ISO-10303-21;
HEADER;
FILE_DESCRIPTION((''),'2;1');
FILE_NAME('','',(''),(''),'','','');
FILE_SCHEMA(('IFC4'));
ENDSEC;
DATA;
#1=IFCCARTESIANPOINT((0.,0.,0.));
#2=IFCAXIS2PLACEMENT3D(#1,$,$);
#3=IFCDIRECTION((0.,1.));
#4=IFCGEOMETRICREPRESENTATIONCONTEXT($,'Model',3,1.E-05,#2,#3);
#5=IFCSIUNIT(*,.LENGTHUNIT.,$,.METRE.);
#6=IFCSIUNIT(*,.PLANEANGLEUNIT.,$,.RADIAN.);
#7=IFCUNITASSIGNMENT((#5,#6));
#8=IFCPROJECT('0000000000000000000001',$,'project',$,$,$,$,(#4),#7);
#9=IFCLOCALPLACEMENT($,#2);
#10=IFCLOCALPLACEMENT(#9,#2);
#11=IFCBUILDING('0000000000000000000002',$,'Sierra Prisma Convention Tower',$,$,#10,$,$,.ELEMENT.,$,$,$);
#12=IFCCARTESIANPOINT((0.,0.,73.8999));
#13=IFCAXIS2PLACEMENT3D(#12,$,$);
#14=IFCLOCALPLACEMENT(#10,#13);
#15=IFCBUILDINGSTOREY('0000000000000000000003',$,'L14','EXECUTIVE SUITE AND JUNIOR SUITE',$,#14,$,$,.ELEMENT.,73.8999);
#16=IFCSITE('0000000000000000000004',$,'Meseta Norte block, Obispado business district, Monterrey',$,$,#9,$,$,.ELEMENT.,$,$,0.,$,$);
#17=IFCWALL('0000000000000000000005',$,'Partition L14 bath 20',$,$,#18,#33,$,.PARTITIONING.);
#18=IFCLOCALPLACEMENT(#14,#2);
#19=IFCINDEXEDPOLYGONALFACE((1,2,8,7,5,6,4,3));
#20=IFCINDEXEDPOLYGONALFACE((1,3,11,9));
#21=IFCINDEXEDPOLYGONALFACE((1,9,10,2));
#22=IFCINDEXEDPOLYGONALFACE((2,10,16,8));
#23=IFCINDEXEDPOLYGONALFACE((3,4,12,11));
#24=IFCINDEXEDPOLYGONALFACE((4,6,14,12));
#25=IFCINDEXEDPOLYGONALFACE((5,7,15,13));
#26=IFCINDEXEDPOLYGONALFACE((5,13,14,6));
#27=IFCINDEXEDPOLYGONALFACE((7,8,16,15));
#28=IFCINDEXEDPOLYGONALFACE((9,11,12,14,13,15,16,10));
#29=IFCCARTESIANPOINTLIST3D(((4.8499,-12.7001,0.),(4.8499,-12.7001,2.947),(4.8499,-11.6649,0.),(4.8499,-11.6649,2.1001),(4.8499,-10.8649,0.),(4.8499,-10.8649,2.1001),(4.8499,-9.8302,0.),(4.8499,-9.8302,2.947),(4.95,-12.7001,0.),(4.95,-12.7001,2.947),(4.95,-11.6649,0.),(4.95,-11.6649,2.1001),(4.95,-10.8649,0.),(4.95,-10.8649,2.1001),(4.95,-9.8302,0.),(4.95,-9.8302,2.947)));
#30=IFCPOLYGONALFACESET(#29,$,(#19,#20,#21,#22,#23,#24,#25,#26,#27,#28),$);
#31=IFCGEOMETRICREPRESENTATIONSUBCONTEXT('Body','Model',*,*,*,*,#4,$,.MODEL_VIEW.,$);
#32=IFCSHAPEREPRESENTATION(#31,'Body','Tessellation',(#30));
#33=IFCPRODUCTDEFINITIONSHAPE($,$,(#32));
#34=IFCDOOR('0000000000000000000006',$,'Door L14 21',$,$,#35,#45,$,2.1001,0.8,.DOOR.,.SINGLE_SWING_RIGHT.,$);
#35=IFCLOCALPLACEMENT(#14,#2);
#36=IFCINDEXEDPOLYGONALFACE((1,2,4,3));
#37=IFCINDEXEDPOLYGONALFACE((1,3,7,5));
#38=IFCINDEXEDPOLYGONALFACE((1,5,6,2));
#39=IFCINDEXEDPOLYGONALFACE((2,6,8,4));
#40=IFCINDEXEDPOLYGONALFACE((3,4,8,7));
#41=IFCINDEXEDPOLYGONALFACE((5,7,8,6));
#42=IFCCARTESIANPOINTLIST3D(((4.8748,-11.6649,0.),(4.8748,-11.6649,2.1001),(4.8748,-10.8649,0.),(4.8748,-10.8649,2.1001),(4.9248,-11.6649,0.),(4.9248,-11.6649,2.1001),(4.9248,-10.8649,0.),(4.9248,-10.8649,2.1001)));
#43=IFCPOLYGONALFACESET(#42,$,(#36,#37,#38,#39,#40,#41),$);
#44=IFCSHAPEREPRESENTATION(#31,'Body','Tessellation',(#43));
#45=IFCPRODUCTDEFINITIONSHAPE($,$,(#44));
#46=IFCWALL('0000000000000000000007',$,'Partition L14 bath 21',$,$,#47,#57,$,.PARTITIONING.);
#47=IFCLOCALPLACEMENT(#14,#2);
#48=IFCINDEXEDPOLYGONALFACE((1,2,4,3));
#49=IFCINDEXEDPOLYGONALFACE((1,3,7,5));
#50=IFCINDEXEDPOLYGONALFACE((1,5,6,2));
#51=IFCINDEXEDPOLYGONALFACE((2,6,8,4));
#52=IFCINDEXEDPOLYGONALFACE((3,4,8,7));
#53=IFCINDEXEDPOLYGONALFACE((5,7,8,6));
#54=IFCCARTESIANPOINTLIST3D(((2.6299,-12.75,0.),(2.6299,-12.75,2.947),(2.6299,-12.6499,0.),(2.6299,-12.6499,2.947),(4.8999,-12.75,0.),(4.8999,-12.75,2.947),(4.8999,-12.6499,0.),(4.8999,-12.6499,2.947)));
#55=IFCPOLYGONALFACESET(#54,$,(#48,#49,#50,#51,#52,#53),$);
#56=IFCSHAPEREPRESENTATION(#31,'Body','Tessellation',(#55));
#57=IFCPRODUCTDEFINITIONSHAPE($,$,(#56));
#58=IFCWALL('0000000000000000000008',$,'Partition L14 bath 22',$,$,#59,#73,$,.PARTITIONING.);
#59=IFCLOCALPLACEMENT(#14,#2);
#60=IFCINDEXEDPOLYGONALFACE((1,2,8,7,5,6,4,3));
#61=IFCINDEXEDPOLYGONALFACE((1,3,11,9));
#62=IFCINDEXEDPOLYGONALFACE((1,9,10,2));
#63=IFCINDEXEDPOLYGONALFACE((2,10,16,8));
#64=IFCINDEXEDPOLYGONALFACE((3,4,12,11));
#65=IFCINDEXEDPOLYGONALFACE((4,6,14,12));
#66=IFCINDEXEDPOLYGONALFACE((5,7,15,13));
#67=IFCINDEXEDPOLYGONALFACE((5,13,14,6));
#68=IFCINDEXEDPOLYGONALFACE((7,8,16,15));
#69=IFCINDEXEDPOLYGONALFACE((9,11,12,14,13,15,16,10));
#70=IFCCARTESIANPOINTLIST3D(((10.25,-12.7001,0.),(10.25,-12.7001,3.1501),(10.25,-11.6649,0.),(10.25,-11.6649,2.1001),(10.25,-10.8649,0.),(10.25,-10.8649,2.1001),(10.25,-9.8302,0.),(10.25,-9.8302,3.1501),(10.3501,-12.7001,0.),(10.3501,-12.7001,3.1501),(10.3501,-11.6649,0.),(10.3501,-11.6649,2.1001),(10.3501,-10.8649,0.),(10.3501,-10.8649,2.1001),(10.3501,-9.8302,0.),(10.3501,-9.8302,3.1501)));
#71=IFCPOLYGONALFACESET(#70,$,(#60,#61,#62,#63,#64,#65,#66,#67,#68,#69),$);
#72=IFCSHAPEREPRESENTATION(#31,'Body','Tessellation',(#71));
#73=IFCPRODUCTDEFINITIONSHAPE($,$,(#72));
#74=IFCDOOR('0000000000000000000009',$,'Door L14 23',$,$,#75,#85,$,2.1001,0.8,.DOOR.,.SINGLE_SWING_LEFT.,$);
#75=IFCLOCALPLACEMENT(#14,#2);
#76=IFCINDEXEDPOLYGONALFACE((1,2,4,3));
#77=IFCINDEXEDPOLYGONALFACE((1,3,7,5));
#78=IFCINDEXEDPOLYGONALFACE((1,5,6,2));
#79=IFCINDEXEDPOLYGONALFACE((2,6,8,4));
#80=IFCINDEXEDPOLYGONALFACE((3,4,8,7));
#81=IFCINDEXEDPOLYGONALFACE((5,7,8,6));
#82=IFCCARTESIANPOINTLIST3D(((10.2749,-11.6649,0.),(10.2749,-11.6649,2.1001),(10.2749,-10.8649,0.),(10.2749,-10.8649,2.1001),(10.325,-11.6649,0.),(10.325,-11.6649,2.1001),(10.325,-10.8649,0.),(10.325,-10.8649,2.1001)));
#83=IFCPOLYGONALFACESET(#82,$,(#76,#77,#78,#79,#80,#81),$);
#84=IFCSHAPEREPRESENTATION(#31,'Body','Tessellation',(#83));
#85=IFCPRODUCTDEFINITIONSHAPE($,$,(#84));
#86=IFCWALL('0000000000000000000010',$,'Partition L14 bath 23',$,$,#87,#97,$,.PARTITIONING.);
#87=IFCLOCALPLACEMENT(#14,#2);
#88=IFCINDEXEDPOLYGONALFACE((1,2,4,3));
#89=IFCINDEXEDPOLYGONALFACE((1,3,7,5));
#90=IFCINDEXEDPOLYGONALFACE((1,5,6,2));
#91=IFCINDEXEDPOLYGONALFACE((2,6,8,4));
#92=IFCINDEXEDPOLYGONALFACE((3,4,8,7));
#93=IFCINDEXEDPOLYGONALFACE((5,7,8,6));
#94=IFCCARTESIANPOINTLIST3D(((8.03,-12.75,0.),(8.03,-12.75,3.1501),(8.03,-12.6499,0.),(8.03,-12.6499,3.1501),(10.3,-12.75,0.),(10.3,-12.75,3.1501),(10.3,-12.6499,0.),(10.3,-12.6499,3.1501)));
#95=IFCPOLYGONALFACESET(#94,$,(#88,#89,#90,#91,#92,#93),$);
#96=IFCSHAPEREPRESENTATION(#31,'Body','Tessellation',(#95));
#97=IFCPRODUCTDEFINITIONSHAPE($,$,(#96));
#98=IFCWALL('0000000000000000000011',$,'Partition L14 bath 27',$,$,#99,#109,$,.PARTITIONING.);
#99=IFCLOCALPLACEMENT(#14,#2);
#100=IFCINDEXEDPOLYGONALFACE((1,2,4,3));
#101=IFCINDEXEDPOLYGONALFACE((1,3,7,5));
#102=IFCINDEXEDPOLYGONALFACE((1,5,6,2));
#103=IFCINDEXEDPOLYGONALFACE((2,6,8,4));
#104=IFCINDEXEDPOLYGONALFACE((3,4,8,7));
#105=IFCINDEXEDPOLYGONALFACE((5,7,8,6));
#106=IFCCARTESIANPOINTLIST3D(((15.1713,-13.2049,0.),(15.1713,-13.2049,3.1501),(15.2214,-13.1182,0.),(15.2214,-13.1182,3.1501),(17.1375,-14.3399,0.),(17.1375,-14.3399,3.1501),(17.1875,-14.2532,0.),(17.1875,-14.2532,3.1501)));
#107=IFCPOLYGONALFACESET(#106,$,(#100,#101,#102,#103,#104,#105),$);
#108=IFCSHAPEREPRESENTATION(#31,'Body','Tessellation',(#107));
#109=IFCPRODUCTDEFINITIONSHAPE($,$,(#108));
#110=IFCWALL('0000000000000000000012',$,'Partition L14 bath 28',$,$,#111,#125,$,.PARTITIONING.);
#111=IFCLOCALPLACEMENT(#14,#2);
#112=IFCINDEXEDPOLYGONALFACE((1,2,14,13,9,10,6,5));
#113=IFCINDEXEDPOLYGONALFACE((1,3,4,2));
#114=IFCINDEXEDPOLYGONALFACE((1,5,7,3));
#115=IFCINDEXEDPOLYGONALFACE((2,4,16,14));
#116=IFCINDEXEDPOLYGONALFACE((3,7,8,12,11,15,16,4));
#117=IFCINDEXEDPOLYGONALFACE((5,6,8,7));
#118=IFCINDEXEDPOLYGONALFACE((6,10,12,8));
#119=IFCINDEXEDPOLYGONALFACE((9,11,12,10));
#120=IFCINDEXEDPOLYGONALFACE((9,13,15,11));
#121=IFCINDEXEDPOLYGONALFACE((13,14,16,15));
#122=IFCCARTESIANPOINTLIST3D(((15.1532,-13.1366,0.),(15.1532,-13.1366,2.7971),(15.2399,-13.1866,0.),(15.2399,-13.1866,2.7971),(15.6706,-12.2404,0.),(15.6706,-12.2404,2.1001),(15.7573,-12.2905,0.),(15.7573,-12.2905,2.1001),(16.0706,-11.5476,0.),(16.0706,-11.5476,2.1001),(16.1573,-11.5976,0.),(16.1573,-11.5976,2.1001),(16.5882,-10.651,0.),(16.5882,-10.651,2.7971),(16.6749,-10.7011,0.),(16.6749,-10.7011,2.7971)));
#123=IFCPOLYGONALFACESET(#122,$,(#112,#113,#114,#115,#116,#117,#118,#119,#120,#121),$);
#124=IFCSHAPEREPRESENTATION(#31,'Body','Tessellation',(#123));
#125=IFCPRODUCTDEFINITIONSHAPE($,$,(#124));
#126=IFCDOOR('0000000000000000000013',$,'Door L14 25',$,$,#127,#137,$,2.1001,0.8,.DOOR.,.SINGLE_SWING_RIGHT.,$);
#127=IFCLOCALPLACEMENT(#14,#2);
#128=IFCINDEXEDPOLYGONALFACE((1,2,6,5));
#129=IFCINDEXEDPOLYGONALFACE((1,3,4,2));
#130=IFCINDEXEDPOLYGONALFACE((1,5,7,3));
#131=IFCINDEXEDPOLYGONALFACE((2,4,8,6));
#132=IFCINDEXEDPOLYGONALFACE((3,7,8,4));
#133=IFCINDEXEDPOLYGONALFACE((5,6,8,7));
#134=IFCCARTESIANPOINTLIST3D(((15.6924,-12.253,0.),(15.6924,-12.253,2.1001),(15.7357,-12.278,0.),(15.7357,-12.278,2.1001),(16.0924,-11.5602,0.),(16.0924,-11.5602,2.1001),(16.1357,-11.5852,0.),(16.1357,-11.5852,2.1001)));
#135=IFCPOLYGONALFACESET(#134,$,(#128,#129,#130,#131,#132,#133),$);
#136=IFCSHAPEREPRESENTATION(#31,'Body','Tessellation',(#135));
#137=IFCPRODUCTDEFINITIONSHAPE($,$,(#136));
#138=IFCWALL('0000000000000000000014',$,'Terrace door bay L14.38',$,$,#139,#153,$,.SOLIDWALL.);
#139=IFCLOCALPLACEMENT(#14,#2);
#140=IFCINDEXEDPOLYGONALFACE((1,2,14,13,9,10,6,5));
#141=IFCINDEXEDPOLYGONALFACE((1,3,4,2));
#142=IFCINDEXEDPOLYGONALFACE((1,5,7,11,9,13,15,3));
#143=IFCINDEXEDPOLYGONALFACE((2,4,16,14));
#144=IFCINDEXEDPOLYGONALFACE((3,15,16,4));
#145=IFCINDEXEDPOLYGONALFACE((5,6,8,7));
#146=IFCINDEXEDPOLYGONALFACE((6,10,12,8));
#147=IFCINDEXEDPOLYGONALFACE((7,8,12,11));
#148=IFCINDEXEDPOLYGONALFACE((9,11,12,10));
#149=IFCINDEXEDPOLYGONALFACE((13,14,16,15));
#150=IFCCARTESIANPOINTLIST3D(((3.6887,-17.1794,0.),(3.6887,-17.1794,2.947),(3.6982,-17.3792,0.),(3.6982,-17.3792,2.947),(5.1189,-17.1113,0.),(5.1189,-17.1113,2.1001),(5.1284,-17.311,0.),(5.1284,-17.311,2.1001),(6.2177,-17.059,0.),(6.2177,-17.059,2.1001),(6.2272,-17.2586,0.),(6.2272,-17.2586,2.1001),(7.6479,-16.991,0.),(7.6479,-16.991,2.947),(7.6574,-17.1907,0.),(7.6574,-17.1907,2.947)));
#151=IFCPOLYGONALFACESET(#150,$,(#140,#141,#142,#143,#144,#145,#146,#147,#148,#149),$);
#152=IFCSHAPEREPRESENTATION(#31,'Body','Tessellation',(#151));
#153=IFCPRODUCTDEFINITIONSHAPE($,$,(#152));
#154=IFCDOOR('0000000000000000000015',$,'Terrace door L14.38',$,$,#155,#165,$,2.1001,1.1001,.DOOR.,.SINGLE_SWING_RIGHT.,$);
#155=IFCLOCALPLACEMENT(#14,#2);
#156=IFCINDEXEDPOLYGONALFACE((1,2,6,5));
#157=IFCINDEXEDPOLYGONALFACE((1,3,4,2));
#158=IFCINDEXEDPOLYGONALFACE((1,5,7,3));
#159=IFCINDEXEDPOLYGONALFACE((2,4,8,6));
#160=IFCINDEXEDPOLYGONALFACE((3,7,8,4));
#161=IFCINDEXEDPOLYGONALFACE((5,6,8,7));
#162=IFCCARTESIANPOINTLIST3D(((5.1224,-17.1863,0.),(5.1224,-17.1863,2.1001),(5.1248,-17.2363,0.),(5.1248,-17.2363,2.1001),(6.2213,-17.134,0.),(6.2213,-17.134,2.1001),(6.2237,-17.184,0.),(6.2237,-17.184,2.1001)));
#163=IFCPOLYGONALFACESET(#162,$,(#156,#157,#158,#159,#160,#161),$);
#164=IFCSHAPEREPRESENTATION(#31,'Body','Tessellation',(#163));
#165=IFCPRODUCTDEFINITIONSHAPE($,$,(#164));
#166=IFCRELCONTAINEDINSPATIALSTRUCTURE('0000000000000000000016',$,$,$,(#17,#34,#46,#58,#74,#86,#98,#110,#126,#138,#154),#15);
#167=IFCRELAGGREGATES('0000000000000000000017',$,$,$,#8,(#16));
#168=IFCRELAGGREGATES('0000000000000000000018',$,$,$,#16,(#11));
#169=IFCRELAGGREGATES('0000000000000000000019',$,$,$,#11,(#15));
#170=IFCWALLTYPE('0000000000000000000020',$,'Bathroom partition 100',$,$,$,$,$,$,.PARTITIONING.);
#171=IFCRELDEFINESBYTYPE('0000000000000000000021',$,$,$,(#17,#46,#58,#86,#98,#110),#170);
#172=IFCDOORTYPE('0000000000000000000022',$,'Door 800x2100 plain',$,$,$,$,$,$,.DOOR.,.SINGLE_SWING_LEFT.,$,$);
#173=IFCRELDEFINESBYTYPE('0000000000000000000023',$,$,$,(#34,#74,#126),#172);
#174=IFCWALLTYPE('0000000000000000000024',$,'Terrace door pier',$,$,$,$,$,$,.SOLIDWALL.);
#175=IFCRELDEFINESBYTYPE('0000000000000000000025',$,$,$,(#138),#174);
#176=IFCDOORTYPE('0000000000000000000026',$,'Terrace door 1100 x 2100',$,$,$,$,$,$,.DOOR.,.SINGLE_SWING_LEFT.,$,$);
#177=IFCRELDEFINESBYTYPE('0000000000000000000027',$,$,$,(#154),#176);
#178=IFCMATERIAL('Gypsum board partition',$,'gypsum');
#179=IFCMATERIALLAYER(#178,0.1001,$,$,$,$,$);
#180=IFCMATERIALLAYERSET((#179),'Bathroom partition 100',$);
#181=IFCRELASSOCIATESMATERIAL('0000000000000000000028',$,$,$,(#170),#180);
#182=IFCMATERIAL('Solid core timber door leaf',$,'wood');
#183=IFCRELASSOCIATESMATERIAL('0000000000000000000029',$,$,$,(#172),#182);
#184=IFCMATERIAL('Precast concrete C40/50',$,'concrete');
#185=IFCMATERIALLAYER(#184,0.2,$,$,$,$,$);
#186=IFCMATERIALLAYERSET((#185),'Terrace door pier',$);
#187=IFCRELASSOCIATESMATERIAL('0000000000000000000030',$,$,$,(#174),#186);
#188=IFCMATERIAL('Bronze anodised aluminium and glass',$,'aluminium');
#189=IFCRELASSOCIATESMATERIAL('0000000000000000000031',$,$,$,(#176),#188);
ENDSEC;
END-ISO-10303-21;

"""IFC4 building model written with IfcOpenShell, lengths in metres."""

from ifc_helpers import new_model, si_unit, direction, frame, frame_2d, origin, place, context, subcontext, project, spatial, rectangle, extrude, material, layer, layer_set, type_object, element, fill, save


model = new_model("IFC4")

# Units and contexts
model_context = context("Model", 3, precision=1e-05, world=origin(), true_north=direction((0.0, 1.0)))
body_context = subcontext(model_context, "Body", "Model", "MODEL_VIEW")
ifc_project = project(units=[si_unit("LENGTHUNIT", "METRE"), si_unit("PLANEANGLEUNIT", "RADIAN")], contexts=[model_context])

# Site, building, storey
site_placement = place(None, origin())
site = spatial("IfcSite", under=ifc_project, at=site_placement, Name="Meseta Norte block, Obispado business district, Monterrey", CompositionType="ELEMENT", RefElevation=0.0)
building_placement = place(site_placement, origin())
building = spatial("IfcBuilding", under=site, at=building_placement, Name="Sierra Prisma Convention Tower", CompositionType="ELEMENT")
storey_placement = place(building_placement, frame((0.0, 0.0, 73.8999)))
storey = spatial("IfcBuildingStorey", under=building, at=storey_placement, Name="L14", Description="EXECUTIVE SUITE AND JUNIOR SUITE", CompositionType="ELEMENT", Elevation=73.8999)

# Wall, opening, door
ifc_material_1 = material(Name="Gypsum board partition", Category="gypsum")
ifc_layer_1 = layer(ifc_material_1, 0.1001)
ifc_layer_set_1 = layer_set([ifc_layer_1], Name="Bathroom partition 100")
wall_type_1 = type_object("IfcWallType", Name="Bathroom partition 100", PredefinedType="PARTITIONING", material=ifc_layer_set_1)
wall_1_placement = place(storey_placement, frame((4.8999, -9.8301, 0.0), z_axis=(0.0, 0.0, 1.0), x_axis=(0.0, -1.0, 0.0)))
wall_1 = element("IfcWall", 1, at=wall_1_placement, inside=storey, type_object=wall_type_1, Name="Partition L14 bath 20", PredefinedType="PARTITIONING", context=body_context, shape_type="SweptSolid", body=[
    extrude(rectangle(XDim=2.8699, YDim=0.1001, at=frame_2d((1.4351, 0.0))), origin(), (0.0, 0.0, 1.0), 2.947),
])
opening_1_placement = place(wall_1_placement, frame((1.0349, 0.0, 0.0)))
opening_1 = element("IfcOpeningElement", 2, at=opening_1_placement, cuts=wall_1, PredefinedType="OPENING", context=body_context, shape_type="SweptSolid", body=[
    extrude(rectangle(XDim=0.8, YDim=2.1001, at=frame_2d((0.3999, 1.05))), frame((0.0, 0.05, 0.0), z_axis=(0.0, -1.0, 0.0), x_axis=(1.0, 0.0, 0.0)), (0.0, 0.0, 1.0), 0.1001),
])
ifc_material_2 = material(Name="Solid core timber door leaf", Category="wood")
door_type_1 = type_object("IfcDoorType", Name="Door 800x2100 plain", OperationType="SINGLE_SWING_LEFT", PredefinedType="DOOR", material=ifc_material_2)
door_1_placement = place(opening_1_placement, origin())
door_1 = element("IfcDoor", 3, at=door_1_placement, inside=storey, type_object=door_type_1, Name="Door L14 21", OperationType="SINGLE_SWING_RIGHT", OverallHeight=2.1001, OverallWidth=0.8, PredefinedType="DOOR", context=body_context, shape_type="SweptSolid", body=[
    extrude(rectangle(XDim=0.8, YDim=2.1001, at=frame_2d((0.3999, 1.05))), frame((0.0, 0.0249, 0.0), z_axis=(0.0, -1.0, 0.0), x_axis=(1.0, 0.0, 0.0)), (0.0, 0.0, 1.0), 0.05),
])
fill(opening_1, door_1)

# Wall
wall_2_placement = place(storey_placement, frame((4.8999, -12.7, 0.0), z_axis=(0.0, 0.0, 1.0), x_axis=(-1.0, 0.0, 0.0)))
element("IfcWall", 4, at=wall_2_placement, inside=storey, type_object=wall_type_1, Name="Partition L14 bath 21", PredefinedType="PARTITIONING", context=body_context, shape_type="SweptSolid", body=[
    extrude(rectangle(XDim=2.27, YDim=0.1001, at=frame_2d((1.135, 0.0))), origin(), (0.0, 0.0, 1.0), 2.947),
])

# Wall, opening, door
wall_3_placement = place(storey_placement, frame((10.3, -9.8301, 0.0), z_axis=(0.0, 0.0, 1.0), x_axis=(0.0, -1.0, 0.0)))
wall_3 = element("IfcWall", 5, at=wall_3_placement, inside=storey, type_object=wall_type_1, Name="Partition L14 bath 22", PredefinedType="PARTITIONING", context=body_context, shape_type="SweptSolid", body=[
    extrude(rectangle(XDim=2.8699, YDim=0.1001, at=frame_2d((1.4351, 0.0))), origin(), (0.0, 0.0, 1.0), 3.1501),
])
opening_2_placement = place(wall_3_placement, frame((1.0349, 0.0, 0.0)))
opening_2 = element("IfcOpeningElement", 6, at=opening_2_placement, cuts=wall_3, PredefinedType="OPENING", context=body_context, shape_type="SweptSolid", body=[
    extrude(rectangle(XDim=0.8, YDim=2.1001, at=frame_2d((0.3999, 1.05))), frame((0.0, 0.05, 0.0), z_axis=(0.0, -1.0, 0.0), x_axis=(1.0, 0.0, 0.0)), (0.0, 0.0, 1.0), 0.1001),
])
door_2_placement = place(opening_2_placement, origin())
door_2 = element("IfcDoor", 7, at=door_2_placement, inside=storey, type_object=door_type_1, Name="Door L14 23", OperationType="SINGLE_SWING_LEFT", OverallHeight=2.1001, OverallWidth=0.8, PredefinedType="DOOR", context=body_context, shape_type="SweptSolid", body=[
    extrude(rectangle(XDim=0.8, YDim=2.1001, at=frame_2d((0.3999, 1.05))), frame((0.0, 0.0249, 0.0), z_axis=(0.0, -1.0, 0.0), x_axis=(1.0, 0.0, 0.0)), (0.0, 0.0, 1.0), 0.05),
])
fill(opening_2, door_2)

# Walls
wall_4_placement = place(storey_placement, frame((10.3, -12.7, 0.0), z_axis=(0.0, 0.0, 1.0), x_axis=(-1.0, 0.0, 0.0)))
element("IfcWall", 8, at=wall_4_placement, inside=storey, type_object=wall_type_1, Name="Partition L14 bath 23", PredefinedType="PARTITIONING", context=body_context, shape_type="SweptSolid", body=[
    extrude(rectangle(XDim=2.27, YDim=0.1001, at=frame_2d((1.135, 0.0))), origin(), (0.0, 0.0, 1.0), 3.1501),
])
wall_5_placement = place(storey_placement, frame((17.1626, -14.2966, 0.0), z_axis=(0.0, 0.0, 1.0), x_axis=(-0.866044, 0.499968, 0.0)))
element("IfcWall", 9, at=wall_5_placement, inside=storey, type_object=wall_type_1, Name="Partition L14 bath 27", PredefinedType="PARTITIONING", context=body_context, shape_type="SweptSolid", body=[
    extrude(rectangle(XDim=2.2703, YDim=0.1001, at=frame_2d((1.1353, 0.0))), origin(), (0.0, 0.0, 1.0), 3.1501),
])

# Walls, openings, doors
wall_6_placement = place(storey_placement, frame((15.1965, -13.1616, 0.0), z_axis=(0.0, 0.0, 1.0), x_axis=(0.5, 0.866026, 0.0)))
wall_6 = element("IfcWall", 10, at=wall_6_placement, inside=storey, type_object=wall_type_1, Name="Partition L14 bath 28", PredefinedType="PARTITIONING", context=body_context, shape_type="SweptSolid", body=[
    extrude(rectangle(XDim=2.8701, YDim=0.1001, at=frame_2d((1.4351, 0.0))), origin(), (0.0, 0.0, 1.0), 2.7971),
])
opening_3_placement = place(wall_6_placement, frame((1.0349, 0.0, 0.0)))
opening_3 = element("IfcOpeningElement", 11, at=opening_3_placement, cuts=wall_6, PredefinedType="OPENING", context=body_context, shape_type="SweptSolid", body=[
    extrude(rectangle(XDim=0.8, YDim=2.1001, at=frame_2d((0.3999, 1.05))), frame((0.0, 0.05, 0.0), z_axis=(0.0, -1.0, 0.0), x_axis=(1.0, 0.0, 0.0)), (0.0, 0.0, 1.0), 0.1001),
])
door_3_placement = place(opening_3_placement, origin())
door_3 = element("IfcDoor", 12, at=door_3_placement, inside=storey, type_object=door_type_1, Name="Door L14 25", OperationType="SINGLE_SWING_RIGHT", OverallHeight=2.1001, OverallWidth=0.8, PredefinedType="DOOR", context=body_context, shape_type="SweptSolid", body=[
    extrude(rectangle(XDim=0.8, YDim=2.1001, at=frame_2d((0.3999, 1.05))), frame((0.0, 0.0249, 0.0), z_axis=(0.0, -1.0, 0.0), x_axis=(1.0, 0.0, 0.0)), (0.0, 0.0, 1.0), 0.05),
])
fill(opening_3, door_3)
ifc_material_3 = material(Name="Precast concrete C40/50", Category="concrete")
ifc_layer_2 = layer(ifc_material_3, 0.2)
ifc_layer_set_2 = layer_set([ifc_layer_2], Name="Terrace door pier")
wall_type_2 = type_object("IfcWallType", Name="Terrace door pier", PredefinedType="SOLIDWALL", material=ifc_layer_set_2)
wall_7_placement = place(storey_placement, frame((3.6934, -17.2793, 0.0), z_axis=(0.0, 0.0, 1.0), x_axis=(0.998869, 0.047551, 0.0)))
wall_7 = element("IfcWall", 13, at=wall_7_placement, inside=storey, type_object=wall_type_2, Name="Terrace door bay L14.38", PredefinedType="SOLIDWALL", context=body_context, shape_type="SweptSolid", body=[
    extrude(rectangle(XDim=3.9636, YDim=0.2, at=frame_2d((1.9819, 0.0))), origin(), (0.0, 0.0, 1.0), 2.947),
])
opening_4_placement = place(wall_7_placement, frame((1.4319, 0.0, 0.0)))
opening_4 = element("IfcOpeningElement", 14, at=opening_4_placement, cuts=wall_7, PredefinedType="OPENING", context=body_context, shape_type="SweptSolid", body=[
    extrude(rectangle(XDim=1.1001, YDim=2.1001, at=frame_2d((0.55, 1.05))), frame((0.0, 0.1001, 0.0), z_axis=(0.0, -1.0, 0.0), x_axis=(1.0, 0.0, 0.0)), (0.0, 0.0, 1.0), 0.2),
])
ifc_material_4 = material(Name="Bronze anodised aluminium and glass", Category="aluminium")
door_type_2 = type_object("IfcDoorType", Name="Terrace door 1100 x 2100", OperationType="SINGLE_SWING_LEFT", PredefinedType="DOOR", material=ifc_material_4)
door_4_placement = place(opening_4_placement, origin())
door_4 = element("IfcDoor", 15, at=door_4_placement, inside=storey, type_object=door_type_2, Name="Terrace door L14.38", OperationType="SINGLE_SWING_RIGHT", OverallHeight=2.1001, OverallWidth=1.1001, PredefinedType="DOOR", context=body_context, shape_type="SweptSolid", body=[
    extrude(rectangle(XDim=1.1001, YDim=2.1001, at=frame_2d((0.55, 1.05))), frame((0.0, 0.0249, 0.0), z_axis=(0.0, -1.0, 0.0), x_axis=(1.0, 0.0, 0.0)), (0.0, 0.0, 1.0), 0.05),
])
fill(opening_4, door_4)

save(model, "model.ifc")
